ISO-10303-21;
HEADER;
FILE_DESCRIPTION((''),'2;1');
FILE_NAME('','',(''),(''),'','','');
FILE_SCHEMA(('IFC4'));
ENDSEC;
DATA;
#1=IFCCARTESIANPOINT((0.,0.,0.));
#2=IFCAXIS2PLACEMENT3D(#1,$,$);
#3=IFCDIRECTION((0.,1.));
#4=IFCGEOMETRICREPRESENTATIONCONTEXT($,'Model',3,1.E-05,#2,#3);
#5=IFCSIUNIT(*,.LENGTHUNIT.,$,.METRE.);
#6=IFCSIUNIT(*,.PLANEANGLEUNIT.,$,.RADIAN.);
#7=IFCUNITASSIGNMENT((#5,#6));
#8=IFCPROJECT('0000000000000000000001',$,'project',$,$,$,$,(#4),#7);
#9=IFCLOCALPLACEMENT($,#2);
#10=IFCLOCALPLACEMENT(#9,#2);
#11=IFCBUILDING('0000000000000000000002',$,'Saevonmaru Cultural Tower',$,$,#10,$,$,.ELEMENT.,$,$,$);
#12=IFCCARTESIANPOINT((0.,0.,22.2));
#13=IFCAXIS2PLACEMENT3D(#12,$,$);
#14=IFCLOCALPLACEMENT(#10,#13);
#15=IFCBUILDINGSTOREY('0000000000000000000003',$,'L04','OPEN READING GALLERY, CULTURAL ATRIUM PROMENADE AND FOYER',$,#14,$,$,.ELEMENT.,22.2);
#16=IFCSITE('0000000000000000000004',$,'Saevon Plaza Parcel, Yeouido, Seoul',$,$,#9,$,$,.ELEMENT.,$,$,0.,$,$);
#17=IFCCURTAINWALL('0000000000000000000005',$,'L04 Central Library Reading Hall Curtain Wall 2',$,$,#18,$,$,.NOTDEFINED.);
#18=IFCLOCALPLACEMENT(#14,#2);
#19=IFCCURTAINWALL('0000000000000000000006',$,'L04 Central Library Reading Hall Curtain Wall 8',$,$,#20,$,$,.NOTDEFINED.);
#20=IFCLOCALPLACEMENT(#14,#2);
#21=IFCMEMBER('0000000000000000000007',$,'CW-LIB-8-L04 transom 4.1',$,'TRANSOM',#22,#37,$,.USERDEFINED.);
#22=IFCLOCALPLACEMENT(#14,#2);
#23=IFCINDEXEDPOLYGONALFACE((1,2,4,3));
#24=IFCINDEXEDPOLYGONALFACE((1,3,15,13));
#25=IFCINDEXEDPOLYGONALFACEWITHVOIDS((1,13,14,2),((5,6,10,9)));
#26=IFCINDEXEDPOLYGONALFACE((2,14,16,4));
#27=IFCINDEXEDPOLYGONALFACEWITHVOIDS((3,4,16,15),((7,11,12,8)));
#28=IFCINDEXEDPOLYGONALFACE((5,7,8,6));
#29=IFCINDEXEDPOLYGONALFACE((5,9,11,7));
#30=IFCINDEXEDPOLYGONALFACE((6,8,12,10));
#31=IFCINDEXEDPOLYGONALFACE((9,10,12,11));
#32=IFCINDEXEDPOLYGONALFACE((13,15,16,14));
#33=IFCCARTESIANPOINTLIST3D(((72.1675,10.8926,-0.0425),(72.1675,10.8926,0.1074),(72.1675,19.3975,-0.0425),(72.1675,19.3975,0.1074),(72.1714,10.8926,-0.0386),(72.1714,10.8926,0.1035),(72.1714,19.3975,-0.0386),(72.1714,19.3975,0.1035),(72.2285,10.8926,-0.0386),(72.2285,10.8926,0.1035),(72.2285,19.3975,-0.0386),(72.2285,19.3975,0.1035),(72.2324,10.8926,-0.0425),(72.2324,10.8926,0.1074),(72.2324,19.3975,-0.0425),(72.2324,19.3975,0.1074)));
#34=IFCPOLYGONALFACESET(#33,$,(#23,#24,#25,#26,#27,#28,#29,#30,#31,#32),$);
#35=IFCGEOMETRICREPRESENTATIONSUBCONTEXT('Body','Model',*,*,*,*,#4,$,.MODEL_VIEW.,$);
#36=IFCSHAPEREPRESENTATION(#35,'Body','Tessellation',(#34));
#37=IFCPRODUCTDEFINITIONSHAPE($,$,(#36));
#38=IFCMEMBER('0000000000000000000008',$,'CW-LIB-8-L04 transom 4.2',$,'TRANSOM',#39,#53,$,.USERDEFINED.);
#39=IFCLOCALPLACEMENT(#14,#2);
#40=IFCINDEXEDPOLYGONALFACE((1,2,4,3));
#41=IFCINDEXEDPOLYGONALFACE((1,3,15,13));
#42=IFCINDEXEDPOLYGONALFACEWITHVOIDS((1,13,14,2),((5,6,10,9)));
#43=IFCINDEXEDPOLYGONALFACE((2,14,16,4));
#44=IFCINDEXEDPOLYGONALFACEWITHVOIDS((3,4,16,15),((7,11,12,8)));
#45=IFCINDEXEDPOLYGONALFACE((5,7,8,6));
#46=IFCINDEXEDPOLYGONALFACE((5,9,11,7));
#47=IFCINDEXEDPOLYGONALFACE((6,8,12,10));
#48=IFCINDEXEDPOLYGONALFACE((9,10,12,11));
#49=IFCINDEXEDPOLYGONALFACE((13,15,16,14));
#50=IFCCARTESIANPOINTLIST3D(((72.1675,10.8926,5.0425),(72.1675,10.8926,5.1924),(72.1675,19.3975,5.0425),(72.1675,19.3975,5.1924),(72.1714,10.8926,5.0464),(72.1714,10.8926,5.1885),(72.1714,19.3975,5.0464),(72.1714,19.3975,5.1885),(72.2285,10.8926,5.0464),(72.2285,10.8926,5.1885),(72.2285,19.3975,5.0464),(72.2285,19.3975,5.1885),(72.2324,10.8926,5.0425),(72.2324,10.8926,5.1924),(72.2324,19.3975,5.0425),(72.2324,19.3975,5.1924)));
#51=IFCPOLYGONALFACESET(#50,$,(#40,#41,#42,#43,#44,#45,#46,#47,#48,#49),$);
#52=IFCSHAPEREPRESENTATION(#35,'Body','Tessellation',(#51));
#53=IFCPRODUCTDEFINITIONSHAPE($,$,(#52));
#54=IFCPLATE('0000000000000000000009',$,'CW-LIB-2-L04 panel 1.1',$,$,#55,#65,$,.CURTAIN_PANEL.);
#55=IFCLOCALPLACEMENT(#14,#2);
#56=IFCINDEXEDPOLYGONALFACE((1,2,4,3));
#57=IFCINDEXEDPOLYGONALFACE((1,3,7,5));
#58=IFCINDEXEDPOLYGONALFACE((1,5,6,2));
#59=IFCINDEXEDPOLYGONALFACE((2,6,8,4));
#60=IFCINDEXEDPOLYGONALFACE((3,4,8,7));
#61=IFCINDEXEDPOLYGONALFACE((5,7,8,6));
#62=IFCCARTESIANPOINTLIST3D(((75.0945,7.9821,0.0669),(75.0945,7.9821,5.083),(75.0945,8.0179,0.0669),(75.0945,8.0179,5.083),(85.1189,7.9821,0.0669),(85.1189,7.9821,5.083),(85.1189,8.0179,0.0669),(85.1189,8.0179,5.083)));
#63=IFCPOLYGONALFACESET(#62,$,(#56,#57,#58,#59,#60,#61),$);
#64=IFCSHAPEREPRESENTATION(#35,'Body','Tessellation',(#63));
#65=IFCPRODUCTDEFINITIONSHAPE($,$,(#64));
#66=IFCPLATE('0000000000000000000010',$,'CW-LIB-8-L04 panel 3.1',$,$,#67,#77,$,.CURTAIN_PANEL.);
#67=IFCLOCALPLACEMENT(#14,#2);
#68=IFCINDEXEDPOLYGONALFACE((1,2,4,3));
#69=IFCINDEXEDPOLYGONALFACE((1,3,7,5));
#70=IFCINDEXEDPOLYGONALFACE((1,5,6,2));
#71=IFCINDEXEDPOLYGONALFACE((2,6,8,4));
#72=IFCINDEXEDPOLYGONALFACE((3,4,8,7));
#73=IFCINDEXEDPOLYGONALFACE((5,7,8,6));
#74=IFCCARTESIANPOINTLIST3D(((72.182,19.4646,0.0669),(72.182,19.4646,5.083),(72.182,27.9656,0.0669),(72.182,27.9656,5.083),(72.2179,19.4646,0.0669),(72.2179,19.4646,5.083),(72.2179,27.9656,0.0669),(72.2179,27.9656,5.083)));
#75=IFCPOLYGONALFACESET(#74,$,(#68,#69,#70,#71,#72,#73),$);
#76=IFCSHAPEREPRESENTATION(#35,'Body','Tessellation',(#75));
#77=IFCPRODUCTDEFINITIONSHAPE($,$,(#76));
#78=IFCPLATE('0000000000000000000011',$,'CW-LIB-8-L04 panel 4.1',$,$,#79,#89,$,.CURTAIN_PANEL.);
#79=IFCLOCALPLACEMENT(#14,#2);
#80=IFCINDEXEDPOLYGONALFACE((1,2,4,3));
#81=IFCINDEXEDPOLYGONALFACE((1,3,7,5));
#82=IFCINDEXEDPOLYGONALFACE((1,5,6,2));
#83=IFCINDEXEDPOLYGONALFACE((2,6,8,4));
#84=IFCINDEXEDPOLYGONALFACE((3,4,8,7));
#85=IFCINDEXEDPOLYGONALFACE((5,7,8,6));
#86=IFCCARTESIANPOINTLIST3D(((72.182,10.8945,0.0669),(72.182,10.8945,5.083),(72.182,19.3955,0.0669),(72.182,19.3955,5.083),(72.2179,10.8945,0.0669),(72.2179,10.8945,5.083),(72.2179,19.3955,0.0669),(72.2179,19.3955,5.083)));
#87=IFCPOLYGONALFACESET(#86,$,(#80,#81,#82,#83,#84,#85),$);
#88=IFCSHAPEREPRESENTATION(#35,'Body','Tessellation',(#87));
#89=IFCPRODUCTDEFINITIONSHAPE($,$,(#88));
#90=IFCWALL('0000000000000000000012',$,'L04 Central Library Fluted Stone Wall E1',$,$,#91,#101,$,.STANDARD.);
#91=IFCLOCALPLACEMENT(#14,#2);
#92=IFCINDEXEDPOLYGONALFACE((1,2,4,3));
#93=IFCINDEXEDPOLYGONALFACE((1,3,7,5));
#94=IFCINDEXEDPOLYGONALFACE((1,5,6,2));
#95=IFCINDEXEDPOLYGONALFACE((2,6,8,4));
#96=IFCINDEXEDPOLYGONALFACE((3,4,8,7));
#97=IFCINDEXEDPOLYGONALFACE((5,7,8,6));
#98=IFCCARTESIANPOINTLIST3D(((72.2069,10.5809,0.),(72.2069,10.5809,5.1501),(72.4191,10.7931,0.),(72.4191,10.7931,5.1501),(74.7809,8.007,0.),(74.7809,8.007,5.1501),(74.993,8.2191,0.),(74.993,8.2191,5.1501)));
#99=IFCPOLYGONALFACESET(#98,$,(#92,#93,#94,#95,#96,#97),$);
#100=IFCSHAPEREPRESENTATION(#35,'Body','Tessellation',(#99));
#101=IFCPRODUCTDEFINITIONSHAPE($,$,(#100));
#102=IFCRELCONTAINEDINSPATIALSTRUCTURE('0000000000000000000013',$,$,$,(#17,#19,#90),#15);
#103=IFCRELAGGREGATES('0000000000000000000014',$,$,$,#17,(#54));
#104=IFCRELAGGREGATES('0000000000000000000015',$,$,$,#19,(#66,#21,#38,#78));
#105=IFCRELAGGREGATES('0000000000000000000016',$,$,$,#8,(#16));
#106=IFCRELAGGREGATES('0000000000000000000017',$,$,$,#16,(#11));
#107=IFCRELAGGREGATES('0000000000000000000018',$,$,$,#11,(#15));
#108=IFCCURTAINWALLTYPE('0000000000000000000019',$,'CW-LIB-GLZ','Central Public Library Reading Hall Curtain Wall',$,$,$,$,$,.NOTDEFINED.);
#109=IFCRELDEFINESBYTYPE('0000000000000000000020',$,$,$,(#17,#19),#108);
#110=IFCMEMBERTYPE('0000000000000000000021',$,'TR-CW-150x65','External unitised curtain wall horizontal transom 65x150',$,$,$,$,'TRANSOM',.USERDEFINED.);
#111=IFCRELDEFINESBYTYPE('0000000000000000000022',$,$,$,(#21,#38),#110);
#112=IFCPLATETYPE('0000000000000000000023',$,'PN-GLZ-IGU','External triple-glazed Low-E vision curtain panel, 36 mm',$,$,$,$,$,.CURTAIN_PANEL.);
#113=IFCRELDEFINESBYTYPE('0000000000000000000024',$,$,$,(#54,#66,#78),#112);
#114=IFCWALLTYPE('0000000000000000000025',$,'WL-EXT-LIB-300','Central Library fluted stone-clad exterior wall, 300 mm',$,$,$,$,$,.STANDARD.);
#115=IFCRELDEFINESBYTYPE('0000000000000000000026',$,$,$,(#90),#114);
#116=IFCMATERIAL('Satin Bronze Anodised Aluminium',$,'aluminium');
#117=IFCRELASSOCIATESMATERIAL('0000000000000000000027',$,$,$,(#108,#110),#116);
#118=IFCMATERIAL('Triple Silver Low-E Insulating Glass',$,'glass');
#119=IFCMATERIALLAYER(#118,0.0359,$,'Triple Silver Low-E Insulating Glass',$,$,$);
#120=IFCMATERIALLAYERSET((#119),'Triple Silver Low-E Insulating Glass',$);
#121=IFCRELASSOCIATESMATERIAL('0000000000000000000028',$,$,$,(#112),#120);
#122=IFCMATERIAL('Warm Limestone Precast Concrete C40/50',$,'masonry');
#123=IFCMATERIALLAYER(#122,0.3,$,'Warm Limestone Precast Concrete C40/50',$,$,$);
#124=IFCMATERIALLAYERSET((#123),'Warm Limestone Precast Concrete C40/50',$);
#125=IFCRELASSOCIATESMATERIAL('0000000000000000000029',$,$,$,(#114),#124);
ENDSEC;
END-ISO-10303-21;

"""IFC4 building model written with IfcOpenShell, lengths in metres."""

from ifc_helpers import new_model, si_unit, direction, frame, frame_2d, origin, origin_2d, place, context, subcontext, project, spatial, rectangle, hollow_rectangle, extrude, material, layer, layer_set, material_profile, profile_set, type_object, element, aggregate, save


model = new_model("IFC4")

# Units and contexts
model_context = context("Model", 3, precision=1e-05, world=origin(), true_north=direction((0.0, 1.0)))
body_context = subcontext(model_context, "Body", "Model", "MODEL_VIEW")
ifc_project = project(units=[si_unit("LENGTHUNIT", "METRE"), si_unit("PLANEANGLEUNIT", "RADIAN")], contexts=[model_context])

# Site, building, storey
site_placement = place(None, origin())
site = spatial("IfcSite", under=ifc_project, at=site_placement, Name="Saevon Plaza Parcel, Yeouido, Seoul", CompositionType="ELEMENT", RefElevation=0.0)
building_placement = place(site_placement, origin())
building = spatial("IfcBuilding", under=site, at=building_placement, Name="Saevonmaru Cultural Tower", CompositionType="ELEMENT")
storey_placement = place(building_placement, frame((0.0, 0.0, 22.2)))
storey = spatial("IfcBuildingStorey", under=building, at=storey_placement, Name="L04", Description="OPEN READING GALLERY, CULTURAL ATRIUM PROMENADE AND FOYER", CompositionType="ELEMENT", Elevation=22.2)

# Curtain walls, members
ifc_material_1 = material(Name="Satin Bronze Anodised Aluminium", Category="aluminium")
curtain_wall_type = type_object("IfcCurtainWallType", Name="CW-LIB-GLZ", Description="Central Public Library Reading Hall Curtain Wall", PredefinedType="NOTDEFINED", material=ifc_material_1)
curtain_wall_1_placement = place(storey_placement, origin())
curtain_wall_1 = element("IfcCurtainWall", 1, at=curtain_wall_1_placement, inside=storey, type_object=curtain_wall_type, Name="L04 Central Library Reading Hall Curtain Wall 2", PredefinedType="NOTDEFINED")
ifc_material_profile_1 = material_profile(ifc_material_1, hollow_rectangle(XDim=0.0649, YDim=0.1499, WallThickness=0.0039, at=origin_2d()), Name="ALU-TRAN-150x65x4")
ifc_profile_set_1 = profile_set([ifc_material_profile_1], Name="Satin Bronze Anodised Aluminium")
member_type_1 = type_object("IfcMemberType", Name="TR-CW-150x65", Description="External unitised curtain wall horizontal transom 65x150", ElementType="TRANSOM", PredefinedType="USERDEFINED", material=ifc_profile_set_1)
curtain_wall_2_placement = place(storey_placement, origin())
curtain_wall_2 = element("IfcCurtainWall", 2, at=curtain_wall_2_placement, inside=storey, type_object=curtain_wall_type, Name="L04 Central Library Reading Hall Curtain Wall 8", PredefinedType="NOTDEFINED")
member_1_placement = place(storey_placement, frame((72.2, 19.3975, 0.0325), z_axis=(0.0, -1.0, 0.0), x_axis=(1.0, 0.0, 0.0)))
member_1 = element("IfcMember", 3, at=member_1_placement, type_object=member_type_1, Name="CW-LIB-8-L04 transom 4.1", ObjectType="TRANSOM", PredefinedType="USERDEFINED", context=body_context, shape_type="SweptSolid", body=[
    extrude(hollow_rectangle(XDim=0.0649, YDim=0.1499, WallThickness=0.0039, at=origin_2d()), origin(), (0.0, 0.0, 1.0), 8.5049),
])
member_2_placement = place(storey_placement, frame((72.2, 19.3975, 5.1174), z_axis=(0.0, -1.0, 0.0), x_axis=(1.0, 0.0, 0.0)))
member_2 = element("IfcMember", 4, at=member_2_placement, type_object=member_type_1, Name="CW-LIB-8-L04 transom 4.2", ObjectType="TRANSOM", PredefinedType="USERDEFINED", context=body_context, shape_type="SweptSolid", body=[
    extrude(hollow_rectangle(XDim=0.0649, YDim=0.1499, WallThickness=0.0039, at=origin_2d()), origin(), (0.0, 0.0, 1.0), 8.5049),
])

# Plates
ifc_material_2 = material(Name="Triple Silver Low-E Insulating Glass", Category="glass")
ifc_layer_1 = layer(ifc_material_2, 0.0359, Name="Triple Silver Low-E Insulating Glass")
ifc_layer_set_1 = layer_set([ifc_layer_1], Name="Triple Silver Low-E Insulating Glass")
plate_type = type_object("IfcPlateType", Name="PN-GLZ-IGU", Description="External triple-glazed Low-E vision curtain panel, 36 mm", PredefinedType="CURTAIN_PANEL", material=ifc_layer_set_1)
plate_1_placement = place(storey_placement, frame((80.1067, 8.0, 0.0669), z_axis=(0.0, 0.0, 1.0), x_axis=(1.0, 0.0, 0.0)))
plate_1 = element("IfcPlate", 5, at=plate_1_placement, type_object=plate_type, Name="CW-LIB-2-L04 panel 1.1", PredefinedType="CURTAIN_PANEL", context=body_context, shape_type="SweptSolid", body=[
    extrude(rectangle(XDim=10.0244, YDim=0.0359, at=origin_2d()), origin(), (0.0, 0.0, 1.0), 5.0161),
])
aggregate(curtain_wall_1, [plate_1])
plate_2_placement = place(storey_placement, frame((72.2, 23.7151, 0.0669), z_axis=(0.0, 0.0, 1.0), x_axis=(0.0, -1.0, 0.0)))
plate_2 = element("IfcPlate", 6, at=plate_2_placement, type_object=plate_type, Name="CW-LIB-8-L04 panel 3.1", PredefinedType="CURTAIN_PANEL", context=body_context, shape_type="SweptSolid", body=[
    extrude(rectangle(XDim=8.501, YDim=0.0359, at=origin_2d()), origin(), (0.0, 0.0, 1.0), 5.0161),
])
plate_3_placement = place(storey_placement, frame((72.2, 15.145, 0.0669), z_axis=(0.0, 0.0, 1.0), x_axis=(0.0, -1.0, 0.0)))
plate_3 = element("IfcPlate", 7, at=plate_3_placement, type_object=plate_type, Name="CW-LIB-8-L04 panel 4.1", PredefinedType="CURTAIN_PANEL", context=body_context, shape_type="SweptSolid", body=[
    extrude(rectangle(XDim=8.501, YDim=0.0359, at=origin_2d()), origin(), (0.0, 0.0, 1.0), 5.0161),
])
aggregate(curtain_wall_2, [plate_2, member_1, member_2, plate_3])

# Wall
ifc_material_3 = material(Name="Warm Limestone Precast Concrete C40/50", Category="masonry")
ifc_layer_2 = layer(ifc_material_3, 0.3, Name="Warm Limestone Precast Concrete C40/50")
ifc_layer_set_2 = layer_set([ifc_layer_2], Name="Warm Limestone Precast Concrete C40/50")
wall_type = type_object("IfcWallType", Name="WL-EXT-LIB-300", Description="Central Library fluted stone-clad exterior wall, 300 mm", PredefinedType="STANDARD", material=ifc_layer_set_2)
wall_placement = place(storey_placement, frame((72.313, 10.687, 0.0), z_axis=(0.0, 0.0, 1.0), x_axis=(0.707107, -0.707107, 0.0)))
element("IfcWall", 8, at=wall_placement, inside=storey, type_object=wall_type, Name="L04 Central Library Fluted Stone Wall E1", PredefinedType="STANDARD", context=body_context, shape_type="SweptSolid", body=[
    extrude(rectangle(XDim=3.6401, YDim=0.3, at=frame_2d((1.8201, 0.0))), origin(), (0.0, 0.0, 1.0), 5.1501),
])

save(model, "model.ifc")
